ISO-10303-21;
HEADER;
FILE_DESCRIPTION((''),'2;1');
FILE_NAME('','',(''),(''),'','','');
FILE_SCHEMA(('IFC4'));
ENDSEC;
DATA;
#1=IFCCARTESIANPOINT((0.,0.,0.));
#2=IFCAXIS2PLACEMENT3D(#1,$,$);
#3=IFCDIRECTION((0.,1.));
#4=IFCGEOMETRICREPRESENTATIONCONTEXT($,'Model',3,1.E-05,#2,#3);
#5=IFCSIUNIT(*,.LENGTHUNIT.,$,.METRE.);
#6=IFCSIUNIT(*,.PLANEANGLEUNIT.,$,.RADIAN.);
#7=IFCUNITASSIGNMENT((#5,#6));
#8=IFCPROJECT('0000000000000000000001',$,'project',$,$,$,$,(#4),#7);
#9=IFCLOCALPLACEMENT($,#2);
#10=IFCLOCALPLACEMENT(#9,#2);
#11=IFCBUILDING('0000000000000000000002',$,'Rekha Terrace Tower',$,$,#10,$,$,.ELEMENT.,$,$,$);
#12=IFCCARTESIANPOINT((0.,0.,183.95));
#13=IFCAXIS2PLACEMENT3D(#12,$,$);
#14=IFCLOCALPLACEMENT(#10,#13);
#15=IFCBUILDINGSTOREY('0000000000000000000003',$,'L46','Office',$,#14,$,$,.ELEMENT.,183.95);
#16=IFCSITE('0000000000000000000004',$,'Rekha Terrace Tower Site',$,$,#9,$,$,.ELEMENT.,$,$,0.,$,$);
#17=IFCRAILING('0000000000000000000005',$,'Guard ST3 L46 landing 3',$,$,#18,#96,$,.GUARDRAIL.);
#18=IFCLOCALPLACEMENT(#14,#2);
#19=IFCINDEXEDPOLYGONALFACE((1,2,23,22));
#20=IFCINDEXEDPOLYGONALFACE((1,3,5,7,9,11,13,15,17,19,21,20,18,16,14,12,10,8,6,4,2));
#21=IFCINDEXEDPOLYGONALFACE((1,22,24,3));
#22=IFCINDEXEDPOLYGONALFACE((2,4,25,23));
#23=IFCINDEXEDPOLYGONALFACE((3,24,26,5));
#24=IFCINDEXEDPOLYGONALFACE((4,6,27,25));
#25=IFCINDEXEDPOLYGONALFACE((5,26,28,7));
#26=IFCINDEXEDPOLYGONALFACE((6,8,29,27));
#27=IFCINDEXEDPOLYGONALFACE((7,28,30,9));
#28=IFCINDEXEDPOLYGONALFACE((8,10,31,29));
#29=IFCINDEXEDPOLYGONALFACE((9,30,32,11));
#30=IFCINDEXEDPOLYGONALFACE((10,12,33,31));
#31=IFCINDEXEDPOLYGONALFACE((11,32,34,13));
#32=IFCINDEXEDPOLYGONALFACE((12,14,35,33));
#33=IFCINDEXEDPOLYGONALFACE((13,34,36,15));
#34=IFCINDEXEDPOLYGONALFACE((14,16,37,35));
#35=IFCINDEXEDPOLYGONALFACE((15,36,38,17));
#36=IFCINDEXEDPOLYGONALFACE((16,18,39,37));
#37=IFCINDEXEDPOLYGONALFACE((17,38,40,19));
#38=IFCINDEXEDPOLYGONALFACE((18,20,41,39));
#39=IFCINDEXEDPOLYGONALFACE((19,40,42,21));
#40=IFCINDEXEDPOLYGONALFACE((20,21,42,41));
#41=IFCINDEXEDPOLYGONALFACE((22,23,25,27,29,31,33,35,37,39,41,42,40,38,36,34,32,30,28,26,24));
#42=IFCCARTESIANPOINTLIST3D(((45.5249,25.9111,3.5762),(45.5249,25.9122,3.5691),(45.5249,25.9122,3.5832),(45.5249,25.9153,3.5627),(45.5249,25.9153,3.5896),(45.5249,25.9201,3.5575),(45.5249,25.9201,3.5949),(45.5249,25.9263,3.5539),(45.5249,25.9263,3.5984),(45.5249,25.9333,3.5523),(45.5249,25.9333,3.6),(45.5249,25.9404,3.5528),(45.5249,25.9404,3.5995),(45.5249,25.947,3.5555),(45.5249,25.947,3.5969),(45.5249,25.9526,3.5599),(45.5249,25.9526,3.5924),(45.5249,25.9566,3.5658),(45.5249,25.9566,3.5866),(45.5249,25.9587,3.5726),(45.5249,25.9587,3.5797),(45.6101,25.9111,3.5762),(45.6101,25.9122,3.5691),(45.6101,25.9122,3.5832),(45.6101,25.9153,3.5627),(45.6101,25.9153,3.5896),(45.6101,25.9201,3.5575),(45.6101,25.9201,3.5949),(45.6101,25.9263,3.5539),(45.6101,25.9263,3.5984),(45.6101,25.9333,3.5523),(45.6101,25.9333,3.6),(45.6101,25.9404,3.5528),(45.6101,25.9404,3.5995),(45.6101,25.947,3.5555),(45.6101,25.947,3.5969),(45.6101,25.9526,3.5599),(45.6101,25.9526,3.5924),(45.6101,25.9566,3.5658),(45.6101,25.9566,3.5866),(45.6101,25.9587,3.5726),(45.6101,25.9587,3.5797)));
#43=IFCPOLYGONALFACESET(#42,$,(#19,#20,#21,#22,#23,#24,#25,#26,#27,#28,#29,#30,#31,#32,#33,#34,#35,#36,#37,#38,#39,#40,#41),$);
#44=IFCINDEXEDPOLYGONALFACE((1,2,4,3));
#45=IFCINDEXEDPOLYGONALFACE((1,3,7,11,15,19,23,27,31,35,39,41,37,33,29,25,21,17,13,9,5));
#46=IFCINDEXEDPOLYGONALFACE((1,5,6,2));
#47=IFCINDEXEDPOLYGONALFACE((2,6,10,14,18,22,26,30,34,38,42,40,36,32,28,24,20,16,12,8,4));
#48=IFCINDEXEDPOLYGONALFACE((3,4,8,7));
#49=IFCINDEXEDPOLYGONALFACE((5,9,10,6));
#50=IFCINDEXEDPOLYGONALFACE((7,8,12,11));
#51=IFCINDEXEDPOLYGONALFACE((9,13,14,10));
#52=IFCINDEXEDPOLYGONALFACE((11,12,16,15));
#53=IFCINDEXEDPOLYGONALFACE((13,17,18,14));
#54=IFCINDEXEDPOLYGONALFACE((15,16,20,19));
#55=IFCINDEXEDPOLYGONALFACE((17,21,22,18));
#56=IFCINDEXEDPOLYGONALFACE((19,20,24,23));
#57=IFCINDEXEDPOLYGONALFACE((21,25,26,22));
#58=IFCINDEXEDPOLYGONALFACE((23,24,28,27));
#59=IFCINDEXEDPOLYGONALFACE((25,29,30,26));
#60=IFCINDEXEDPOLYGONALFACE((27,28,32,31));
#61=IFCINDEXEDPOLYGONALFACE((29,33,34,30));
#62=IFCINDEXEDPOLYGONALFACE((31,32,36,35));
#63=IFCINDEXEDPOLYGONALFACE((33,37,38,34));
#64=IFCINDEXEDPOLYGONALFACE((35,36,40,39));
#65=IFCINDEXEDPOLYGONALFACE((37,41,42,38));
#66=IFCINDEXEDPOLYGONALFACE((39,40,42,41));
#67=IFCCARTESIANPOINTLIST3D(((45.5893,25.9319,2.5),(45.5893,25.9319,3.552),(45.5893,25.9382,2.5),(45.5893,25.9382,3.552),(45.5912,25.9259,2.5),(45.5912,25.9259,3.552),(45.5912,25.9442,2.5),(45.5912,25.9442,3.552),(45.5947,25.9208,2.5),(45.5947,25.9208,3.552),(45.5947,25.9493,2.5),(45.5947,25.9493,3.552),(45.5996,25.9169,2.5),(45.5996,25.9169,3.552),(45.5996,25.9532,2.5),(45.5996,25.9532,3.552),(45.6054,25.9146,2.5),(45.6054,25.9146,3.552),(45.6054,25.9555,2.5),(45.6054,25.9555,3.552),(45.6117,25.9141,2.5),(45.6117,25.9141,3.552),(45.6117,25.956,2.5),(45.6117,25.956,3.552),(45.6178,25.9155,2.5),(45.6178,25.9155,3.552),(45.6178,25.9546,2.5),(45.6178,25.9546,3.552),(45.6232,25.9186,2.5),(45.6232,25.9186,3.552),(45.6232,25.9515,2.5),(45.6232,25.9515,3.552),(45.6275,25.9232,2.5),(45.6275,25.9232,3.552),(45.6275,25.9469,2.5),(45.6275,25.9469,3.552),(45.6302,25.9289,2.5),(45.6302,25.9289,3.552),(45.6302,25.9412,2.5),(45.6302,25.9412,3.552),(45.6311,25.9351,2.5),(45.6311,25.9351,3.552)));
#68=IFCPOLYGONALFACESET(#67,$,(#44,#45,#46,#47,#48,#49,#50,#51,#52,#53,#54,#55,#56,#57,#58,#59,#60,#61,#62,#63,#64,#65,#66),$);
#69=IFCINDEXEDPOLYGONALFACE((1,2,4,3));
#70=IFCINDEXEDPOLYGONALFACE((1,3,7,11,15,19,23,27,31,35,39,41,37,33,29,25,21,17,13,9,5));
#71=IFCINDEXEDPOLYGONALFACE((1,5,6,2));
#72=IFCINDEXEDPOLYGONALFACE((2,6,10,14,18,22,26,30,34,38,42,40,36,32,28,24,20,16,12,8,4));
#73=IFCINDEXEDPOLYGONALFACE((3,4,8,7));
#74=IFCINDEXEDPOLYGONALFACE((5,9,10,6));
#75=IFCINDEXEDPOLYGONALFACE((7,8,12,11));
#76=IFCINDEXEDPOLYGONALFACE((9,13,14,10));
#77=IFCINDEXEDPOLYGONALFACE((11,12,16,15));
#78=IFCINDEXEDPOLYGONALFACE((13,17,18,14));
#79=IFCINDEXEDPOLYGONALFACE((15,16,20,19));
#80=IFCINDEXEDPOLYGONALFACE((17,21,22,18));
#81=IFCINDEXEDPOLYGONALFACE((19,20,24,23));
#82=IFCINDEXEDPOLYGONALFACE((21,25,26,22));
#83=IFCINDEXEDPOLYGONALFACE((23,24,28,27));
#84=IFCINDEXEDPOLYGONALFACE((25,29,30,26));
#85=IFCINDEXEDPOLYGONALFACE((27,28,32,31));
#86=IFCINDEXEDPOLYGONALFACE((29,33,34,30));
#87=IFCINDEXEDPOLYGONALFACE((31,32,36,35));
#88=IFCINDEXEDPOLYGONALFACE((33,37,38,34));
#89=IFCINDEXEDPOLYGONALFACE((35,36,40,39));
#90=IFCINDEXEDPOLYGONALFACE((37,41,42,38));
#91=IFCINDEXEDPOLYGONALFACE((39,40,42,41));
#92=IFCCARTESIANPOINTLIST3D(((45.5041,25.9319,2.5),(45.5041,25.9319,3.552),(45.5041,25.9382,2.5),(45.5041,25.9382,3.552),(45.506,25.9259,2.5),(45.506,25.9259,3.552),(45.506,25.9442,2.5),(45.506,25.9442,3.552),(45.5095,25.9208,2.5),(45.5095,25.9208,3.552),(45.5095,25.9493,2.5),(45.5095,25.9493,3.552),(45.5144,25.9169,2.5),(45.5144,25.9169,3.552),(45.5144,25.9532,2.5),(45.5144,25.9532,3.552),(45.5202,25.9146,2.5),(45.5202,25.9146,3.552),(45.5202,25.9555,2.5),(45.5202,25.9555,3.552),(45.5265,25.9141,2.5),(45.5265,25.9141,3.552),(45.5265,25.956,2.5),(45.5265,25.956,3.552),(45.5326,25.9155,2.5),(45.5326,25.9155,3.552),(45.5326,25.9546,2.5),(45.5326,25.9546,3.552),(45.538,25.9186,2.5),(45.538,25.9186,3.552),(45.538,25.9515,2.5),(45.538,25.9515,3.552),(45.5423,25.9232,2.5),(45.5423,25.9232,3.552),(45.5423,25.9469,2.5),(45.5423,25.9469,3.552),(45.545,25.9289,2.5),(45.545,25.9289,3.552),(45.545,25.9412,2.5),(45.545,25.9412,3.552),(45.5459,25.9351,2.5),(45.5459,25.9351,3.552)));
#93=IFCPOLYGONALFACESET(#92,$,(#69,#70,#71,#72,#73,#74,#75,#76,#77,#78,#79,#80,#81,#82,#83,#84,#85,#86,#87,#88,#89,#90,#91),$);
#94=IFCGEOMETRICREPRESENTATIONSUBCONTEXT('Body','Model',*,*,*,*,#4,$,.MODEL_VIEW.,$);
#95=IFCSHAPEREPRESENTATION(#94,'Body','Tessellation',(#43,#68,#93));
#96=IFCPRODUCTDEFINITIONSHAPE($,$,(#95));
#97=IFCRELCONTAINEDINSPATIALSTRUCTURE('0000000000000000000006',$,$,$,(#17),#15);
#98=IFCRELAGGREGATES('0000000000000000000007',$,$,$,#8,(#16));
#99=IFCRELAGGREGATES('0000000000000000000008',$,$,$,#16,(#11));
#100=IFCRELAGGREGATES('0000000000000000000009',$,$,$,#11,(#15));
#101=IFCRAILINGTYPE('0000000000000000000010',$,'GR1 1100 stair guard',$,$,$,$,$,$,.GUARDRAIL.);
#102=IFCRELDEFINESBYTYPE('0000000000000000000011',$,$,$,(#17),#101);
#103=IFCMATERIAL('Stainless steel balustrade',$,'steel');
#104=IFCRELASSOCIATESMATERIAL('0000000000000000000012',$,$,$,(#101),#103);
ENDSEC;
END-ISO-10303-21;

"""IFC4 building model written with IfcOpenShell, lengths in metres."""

from ifc_helpers import new_model, si_unit, direction, frame, origin, origin_2d, place, context, subcontext, project, spatial, circle, extrude, material, type_object, element, save


model = new_model("IFC4")

# Units and contexts
model_context = context("Model", 3, precision=1e-05, world=origin(), true_north=direction((0.0, 1.0)))
body_context = subcontext(model_context, "Body", "Model", "MODEL_VIEW")
ifc_project = project(units=[si_unit("LENGTHUNIT", "METRE"), si_unit("PLANEANGLEUNIT", "RADIAN")], contexts=[model_context])

# Site, building, storey
site_placement = place(None, origin())
site = spatial("IfcSite", under=ifc_project, at=site_placement, Name="Rekha Terrace Tower Site", CompositionType="ELEMENT", RefElevation=0.0)
building_placement = place(site_placement, origin())
building = spatial("IfcBuilding", under=site, at=building_placement, Name="Rekha Terrace Tower", CompositionType="ELEMENT")
storey_placement = place(building_placement, frame((0.0, 0.0, 183.95)))
storey = spatial("IfcBuildingStorey", under=building, at=storey_placement, Name="L46", Description="Office", CompositionType="ELEMENT", Elevation=183.95)

# Railing
ifc_material_1 = material(Name="Stainless steel balustrade", Category="steel")
railing_type_1 = type_object("IfcRailingType", Name="GR1 1100 stair guard", PredefinedType="GUARDRAIL", material=ifc_material_1)
railing_1_placement = place(storey_placement, frame((45.6101, 25.9351, 2.5)))
element("IfcRailing", 1, at=railing_1_placement, inside=storey, type_object=railing_type_1, Name="Guard ST3 L46 landing 3", PredefinedType="GUARDRAIL", context=body_context, shape_type="SweptSolid", body=[
    extrude(circle(Radius=0.0239, at=origin_2d()), frame((0.0, 0.0, 1.0762), z_axis=(-1.0, 0.0, 0.0), x_axis=(0.0, -1.0, 0.0)), (0.0, 0.0, 1.0), 0.0852),
    extrude(circle(Radius=0.021, at=origin_2d()), origin(), (0.0, 0.0, 1.0), 1.052),
    extrude(circle(Radius=0.021, at=origin_2d()), frame((-0.0852, 0.0, 0.0)), (0.0, 0.0, 1.0), 1.052),
])

save(model, "model.ifc")
